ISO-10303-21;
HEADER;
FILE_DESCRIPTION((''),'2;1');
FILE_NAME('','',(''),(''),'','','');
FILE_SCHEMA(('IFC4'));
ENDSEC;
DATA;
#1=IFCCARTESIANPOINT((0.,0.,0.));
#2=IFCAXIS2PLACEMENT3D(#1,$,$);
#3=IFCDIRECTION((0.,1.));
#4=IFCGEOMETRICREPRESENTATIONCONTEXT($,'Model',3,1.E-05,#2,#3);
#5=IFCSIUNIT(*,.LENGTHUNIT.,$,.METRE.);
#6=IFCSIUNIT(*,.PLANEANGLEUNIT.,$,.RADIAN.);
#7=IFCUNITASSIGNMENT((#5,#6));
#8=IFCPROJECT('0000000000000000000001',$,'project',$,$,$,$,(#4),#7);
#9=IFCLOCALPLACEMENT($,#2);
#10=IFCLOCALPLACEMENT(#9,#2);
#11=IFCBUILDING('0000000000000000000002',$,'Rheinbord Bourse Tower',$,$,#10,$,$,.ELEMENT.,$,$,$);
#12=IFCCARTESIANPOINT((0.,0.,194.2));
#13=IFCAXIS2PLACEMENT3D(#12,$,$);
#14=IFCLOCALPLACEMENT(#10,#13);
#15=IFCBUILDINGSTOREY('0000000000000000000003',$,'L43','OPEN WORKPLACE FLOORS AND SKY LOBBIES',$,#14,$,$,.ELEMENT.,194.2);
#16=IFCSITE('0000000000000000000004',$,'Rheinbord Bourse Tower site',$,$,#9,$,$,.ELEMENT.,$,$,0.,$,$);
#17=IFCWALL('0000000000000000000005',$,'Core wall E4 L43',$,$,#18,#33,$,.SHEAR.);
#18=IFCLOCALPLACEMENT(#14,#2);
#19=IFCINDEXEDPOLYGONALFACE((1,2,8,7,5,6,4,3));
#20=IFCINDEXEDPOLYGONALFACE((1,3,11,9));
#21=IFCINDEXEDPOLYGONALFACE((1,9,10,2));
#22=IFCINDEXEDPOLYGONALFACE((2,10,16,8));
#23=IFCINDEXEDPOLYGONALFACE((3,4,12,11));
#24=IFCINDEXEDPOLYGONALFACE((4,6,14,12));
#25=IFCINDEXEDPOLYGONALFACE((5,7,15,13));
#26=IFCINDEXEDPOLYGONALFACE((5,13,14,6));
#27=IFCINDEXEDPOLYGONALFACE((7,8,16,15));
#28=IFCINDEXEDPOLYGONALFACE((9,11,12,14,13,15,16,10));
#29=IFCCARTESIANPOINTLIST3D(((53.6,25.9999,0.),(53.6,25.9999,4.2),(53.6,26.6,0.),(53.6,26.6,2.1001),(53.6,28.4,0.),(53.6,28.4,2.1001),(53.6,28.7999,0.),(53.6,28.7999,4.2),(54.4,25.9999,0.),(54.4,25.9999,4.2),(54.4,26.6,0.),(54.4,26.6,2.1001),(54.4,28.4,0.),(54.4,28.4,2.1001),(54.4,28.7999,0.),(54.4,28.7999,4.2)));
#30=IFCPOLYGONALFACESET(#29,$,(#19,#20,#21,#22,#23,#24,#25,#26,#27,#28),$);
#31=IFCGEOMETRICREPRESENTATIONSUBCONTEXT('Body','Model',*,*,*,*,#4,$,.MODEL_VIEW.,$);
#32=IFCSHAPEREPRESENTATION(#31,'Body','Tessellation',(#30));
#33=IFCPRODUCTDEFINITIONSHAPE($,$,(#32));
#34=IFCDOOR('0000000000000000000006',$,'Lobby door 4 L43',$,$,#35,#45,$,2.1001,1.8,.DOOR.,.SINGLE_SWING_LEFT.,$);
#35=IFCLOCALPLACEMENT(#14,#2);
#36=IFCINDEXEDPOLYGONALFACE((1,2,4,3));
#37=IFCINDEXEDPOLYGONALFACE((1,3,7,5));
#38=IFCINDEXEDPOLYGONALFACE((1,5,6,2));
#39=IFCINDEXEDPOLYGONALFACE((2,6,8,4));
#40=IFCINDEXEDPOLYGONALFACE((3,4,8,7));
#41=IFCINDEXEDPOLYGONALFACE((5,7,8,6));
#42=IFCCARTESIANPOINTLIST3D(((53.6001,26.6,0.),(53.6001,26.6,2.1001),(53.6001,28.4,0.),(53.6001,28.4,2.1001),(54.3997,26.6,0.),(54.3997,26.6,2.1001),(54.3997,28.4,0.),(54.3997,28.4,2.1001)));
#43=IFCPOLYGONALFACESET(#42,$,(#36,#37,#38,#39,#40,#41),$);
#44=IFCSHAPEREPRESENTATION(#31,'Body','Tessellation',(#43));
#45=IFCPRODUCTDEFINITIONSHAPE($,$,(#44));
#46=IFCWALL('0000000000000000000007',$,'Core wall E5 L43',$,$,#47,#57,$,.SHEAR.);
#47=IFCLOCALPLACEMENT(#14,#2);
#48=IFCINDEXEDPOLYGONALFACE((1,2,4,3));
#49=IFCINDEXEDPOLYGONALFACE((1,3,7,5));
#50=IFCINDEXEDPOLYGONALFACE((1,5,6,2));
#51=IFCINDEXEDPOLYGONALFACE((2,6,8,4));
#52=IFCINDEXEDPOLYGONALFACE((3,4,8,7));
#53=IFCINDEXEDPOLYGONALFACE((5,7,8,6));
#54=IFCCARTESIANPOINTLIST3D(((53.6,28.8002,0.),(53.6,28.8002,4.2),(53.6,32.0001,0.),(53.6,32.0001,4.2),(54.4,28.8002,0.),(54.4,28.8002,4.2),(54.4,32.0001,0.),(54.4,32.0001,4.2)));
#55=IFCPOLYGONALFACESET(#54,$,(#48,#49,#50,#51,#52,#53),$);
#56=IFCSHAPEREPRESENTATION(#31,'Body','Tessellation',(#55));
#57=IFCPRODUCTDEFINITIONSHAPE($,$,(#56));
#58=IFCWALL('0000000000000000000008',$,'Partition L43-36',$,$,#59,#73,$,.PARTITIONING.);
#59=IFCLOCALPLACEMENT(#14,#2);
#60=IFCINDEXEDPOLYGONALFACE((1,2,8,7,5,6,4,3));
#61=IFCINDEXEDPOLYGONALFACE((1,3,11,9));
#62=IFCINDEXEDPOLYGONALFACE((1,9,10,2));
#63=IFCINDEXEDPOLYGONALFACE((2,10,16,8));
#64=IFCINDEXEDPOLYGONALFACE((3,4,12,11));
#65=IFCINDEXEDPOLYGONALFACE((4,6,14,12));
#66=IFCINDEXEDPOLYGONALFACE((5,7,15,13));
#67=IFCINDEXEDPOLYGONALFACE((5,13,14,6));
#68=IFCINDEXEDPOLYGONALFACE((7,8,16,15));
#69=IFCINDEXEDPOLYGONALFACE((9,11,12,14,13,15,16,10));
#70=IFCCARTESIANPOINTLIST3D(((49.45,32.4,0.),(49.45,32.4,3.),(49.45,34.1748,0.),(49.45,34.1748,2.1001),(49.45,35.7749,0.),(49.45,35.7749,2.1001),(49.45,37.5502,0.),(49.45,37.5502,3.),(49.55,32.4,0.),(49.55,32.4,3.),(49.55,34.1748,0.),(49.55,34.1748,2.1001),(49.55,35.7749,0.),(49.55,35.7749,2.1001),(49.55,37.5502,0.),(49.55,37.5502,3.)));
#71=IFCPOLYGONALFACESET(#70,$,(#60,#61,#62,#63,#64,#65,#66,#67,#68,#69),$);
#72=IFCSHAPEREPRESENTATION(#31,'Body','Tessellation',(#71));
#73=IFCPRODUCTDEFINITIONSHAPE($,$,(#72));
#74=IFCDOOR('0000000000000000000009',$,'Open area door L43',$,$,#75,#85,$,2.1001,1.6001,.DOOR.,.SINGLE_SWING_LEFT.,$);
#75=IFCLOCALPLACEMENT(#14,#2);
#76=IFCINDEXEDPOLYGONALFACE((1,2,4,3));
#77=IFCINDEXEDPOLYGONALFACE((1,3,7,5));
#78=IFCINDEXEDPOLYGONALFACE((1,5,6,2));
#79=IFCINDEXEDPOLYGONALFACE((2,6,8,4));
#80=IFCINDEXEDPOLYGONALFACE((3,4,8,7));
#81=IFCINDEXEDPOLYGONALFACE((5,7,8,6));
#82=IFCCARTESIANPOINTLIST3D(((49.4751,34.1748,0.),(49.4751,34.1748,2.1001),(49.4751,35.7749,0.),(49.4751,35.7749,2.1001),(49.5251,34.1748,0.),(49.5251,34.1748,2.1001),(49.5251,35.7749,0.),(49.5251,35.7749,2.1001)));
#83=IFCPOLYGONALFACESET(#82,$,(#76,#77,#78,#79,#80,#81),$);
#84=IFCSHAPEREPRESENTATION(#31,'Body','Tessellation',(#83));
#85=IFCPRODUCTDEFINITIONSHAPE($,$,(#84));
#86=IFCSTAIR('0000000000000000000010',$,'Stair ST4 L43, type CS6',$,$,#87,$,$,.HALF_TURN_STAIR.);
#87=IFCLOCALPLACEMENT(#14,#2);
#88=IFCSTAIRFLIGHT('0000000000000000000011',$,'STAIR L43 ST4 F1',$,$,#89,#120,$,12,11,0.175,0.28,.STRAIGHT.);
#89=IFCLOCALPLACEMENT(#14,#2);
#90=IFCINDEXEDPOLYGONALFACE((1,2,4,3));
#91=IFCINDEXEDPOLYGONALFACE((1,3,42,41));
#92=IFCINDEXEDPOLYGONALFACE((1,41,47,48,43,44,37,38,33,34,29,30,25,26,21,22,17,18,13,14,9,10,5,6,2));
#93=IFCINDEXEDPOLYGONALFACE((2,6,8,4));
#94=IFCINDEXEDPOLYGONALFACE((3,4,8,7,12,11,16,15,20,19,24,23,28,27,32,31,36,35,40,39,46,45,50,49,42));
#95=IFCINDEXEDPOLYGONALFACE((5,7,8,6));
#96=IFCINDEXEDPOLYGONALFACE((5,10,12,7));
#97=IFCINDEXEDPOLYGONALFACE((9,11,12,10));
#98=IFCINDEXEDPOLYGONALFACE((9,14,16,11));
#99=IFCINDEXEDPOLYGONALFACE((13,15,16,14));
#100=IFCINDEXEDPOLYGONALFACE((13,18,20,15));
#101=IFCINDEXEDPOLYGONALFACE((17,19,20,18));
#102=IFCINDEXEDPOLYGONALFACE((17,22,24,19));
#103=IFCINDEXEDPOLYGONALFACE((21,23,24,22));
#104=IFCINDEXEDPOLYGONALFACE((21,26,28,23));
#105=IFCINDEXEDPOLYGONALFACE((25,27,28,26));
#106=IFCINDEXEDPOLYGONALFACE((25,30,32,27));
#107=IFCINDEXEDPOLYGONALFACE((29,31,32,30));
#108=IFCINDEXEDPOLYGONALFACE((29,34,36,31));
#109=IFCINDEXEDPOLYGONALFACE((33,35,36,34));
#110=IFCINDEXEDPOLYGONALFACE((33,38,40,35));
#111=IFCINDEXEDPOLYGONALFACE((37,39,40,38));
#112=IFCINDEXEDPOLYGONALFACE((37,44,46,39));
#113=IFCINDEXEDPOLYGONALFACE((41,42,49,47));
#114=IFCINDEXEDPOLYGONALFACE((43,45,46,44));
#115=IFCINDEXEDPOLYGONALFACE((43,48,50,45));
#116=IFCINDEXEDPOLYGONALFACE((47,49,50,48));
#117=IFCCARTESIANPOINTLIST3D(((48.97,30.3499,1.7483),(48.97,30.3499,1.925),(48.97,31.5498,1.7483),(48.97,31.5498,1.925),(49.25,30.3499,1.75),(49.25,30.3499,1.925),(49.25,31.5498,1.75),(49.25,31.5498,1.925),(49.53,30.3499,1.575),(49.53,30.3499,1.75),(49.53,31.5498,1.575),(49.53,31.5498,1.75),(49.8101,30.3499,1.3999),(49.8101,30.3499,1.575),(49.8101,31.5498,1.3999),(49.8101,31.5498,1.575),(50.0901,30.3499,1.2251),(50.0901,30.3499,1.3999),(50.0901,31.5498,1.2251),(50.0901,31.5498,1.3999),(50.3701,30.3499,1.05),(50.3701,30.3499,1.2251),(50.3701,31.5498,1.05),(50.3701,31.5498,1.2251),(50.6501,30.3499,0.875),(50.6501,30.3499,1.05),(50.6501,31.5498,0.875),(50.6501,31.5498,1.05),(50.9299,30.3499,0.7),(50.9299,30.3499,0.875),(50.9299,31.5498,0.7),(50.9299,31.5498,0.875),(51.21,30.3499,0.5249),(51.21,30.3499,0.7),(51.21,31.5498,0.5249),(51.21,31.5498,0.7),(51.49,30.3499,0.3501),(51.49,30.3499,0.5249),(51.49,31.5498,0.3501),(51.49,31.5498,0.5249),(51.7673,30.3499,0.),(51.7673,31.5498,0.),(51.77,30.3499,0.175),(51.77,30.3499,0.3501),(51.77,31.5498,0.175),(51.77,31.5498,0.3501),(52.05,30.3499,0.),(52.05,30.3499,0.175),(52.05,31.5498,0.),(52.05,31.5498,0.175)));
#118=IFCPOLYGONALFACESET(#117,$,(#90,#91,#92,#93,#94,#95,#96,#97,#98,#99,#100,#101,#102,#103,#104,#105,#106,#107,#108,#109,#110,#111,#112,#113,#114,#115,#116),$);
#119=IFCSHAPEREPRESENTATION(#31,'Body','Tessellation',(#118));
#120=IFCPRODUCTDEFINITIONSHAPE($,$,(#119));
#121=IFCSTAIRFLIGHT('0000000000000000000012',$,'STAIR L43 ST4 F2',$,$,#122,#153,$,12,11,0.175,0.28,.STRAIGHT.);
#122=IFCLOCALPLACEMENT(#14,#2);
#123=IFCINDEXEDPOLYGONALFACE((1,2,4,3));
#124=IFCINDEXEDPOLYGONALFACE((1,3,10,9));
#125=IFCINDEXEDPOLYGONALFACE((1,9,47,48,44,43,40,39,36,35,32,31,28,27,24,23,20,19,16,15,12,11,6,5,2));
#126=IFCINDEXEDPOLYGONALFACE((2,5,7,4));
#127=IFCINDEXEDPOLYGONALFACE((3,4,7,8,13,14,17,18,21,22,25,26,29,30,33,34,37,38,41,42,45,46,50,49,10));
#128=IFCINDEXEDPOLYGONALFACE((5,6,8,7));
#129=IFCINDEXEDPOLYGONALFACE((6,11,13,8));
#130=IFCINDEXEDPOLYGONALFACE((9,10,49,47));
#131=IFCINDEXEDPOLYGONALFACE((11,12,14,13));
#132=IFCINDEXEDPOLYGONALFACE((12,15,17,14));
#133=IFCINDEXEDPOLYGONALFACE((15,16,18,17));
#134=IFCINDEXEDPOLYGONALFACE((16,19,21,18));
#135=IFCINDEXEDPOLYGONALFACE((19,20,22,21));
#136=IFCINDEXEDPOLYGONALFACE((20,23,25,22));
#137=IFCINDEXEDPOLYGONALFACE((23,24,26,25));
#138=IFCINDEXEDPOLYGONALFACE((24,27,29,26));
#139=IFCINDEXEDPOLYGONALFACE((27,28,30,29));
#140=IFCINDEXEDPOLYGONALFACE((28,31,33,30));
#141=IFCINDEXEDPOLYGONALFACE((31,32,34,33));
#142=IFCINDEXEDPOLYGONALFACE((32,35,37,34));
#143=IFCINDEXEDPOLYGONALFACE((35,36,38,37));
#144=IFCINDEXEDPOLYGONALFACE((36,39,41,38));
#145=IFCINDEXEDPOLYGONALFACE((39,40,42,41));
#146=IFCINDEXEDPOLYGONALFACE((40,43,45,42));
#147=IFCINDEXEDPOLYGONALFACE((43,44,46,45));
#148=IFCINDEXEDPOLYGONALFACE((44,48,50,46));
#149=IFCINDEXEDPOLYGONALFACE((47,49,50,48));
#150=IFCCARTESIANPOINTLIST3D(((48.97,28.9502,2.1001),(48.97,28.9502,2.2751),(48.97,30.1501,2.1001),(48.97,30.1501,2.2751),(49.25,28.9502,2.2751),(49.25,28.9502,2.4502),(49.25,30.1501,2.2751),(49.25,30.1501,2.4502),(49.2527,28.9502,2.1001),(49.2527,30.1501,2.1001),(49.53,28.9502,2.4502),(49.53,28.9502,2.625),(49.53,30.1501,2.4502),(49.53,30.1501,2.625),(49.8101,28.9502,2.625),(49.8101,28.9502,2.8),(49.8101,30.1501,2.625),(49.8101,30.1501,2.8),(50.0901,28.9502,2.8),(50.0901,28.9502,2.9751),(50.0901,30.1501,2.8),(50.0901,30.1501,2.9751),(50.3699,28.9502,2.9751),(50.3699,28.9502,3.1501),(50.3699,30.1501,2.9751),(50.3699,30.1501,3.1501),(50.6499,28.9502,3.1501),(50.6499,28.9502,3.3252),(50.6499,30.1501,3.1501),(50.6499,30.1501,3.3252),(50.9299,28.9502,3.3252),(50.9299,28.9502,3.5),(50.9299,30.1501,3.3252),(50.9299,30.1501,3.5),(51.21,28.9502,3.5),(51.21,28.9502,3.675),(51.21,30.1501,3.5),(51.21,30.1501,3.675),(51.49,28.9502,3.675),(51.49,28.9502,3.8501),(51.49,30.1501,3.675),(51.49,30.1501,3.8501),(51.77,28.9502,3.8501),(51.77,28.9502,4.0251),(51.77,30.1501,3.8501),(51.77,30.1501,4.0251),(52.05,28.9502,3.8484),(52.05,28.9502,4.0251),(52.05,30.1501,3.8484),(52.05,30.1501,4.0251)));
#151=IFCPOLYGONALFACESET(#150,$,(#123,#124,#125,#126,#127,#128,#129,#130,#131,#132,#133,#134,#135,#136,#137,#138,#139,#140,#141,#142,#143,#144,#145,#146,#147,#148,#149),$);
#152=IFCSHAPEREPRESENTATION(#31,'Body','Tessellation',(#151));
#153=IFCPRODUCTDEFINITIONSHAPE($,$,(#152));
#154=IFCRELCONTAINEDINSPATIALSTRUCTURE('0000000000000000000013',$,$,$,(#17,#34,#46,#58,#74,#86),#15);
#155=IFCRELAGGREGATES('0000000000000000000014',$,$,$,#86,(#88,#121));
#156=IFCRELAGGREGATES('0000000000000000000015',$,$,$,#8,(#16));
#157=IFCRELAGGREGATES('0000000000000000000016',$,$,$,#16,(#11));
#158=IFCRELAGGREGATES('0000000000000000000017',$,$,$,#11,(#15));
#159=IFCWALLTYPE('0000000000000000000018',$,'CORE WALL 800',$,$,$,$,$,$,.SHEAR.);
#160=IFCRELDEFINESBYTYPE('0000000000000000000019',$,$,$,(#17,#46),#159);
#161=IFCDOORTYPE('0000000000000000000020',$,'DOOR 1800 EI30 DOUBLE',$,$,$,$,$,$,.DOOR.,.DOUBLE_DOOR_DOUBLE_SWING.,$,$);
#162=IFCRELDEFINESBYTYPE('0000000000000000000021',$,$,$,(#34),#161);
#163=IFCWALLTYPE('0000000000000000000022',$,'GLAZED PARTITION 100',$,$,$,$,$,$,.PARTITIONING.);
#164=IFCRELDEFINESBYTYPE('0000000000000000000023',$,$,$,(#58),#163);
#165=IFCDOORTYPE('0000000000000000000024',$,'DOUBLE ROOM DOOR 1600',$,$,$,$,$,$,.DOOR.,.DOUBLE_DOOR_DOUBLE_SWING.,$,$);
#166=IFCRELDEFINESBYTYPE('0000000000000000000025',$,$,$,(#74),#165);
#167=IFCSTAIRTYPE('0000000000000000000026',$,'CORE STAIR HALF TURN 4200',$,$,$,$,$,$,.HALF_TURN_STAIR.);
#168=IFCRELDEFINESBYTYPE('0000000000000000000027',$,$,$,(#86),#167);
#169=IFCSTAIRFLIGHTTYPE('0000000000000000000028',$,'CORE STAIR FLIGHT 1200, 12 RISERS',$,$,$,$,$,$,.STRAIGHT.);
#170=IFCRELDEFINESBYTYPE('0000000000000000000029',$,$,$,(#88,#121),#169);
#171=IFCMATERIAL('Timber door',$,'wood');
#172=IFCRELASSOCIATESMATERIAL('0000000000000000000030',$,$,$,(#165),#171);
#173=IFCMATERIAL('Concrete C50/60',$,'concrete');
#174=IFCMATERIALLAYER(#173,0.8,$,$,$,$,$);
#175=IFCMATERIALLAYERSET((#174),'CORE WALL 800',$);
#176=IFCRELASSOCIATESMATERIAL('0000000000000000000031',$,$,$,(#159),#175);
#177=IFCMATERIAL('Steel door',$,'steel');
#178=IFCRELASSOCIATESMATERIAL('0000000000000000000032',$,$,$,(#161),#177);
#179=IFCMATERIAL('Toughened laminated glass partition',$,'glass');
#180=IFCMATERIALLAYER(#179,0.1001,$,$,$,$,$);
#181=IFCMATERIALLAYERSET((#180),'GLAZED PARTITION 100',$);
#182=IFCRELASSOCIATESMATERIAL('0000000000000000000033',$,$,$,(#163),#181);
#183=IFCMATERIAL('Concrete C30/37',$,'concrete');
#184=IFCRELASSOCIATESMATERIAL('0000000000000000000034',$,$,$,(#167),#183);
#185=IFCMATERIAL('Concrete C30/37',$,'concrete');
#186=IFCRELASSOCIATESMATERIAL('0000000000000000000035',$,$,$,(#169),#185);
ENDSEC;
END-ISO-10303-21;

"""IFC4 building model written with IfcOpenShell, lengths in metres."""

from ifc_helpers import new_model, si_unit, direction, frame, frame_2d, origin, place, context, subcontext, project, spatial, polyline, rectangle, outline, extrude, material, layer, layer_set, type_object, element, fill, aggregate, save


model = new_model("IFC4")

# Units and contexts
model_context = context("Model", 3, precision=1e-05, world=origin(), true_north=direction((0.0, 1.0)))
body_context = subcontext(model_context, "Body", "Model", "MODEL_VIEW")
ifc_project = project(units=[si_unit("LENGTHUNIT", "METRE"), si_unit("PLANEANGLEUNIT", "RADIAN")], contexts=[model_context])

# Site, building, storey
site_placement = place(None, origin())
site = spatial("IfcSite", under=ifc_project, at=site_placement, Name="Rheinbord Bourse Tower site", CompositionType="ELEMENT", RefElevation=0.0)
building_placement = place(site_placement, origin())
building = spatial("IfcBuilding", under=site, at=building_placement, Name="Rheinbord Bourse Tower", CompositionType="ELEMENT")
storey_placement = place(building_placement, frame((0.0, 0.0, 194.2)))
storey = spatial("IfcBuildingStorey", under=building, at=storey_placement, Name="L43", Description="OPEN WORKPLACE FLOORS AND SKY LOBBIES", CompositionType="ELEMENT", Elevation=194.2)

# Shared definitions
ifc_material_1 = material(Name="Timber door", Category="wood")
door_type_1 = type_object("IfcDoorType", Name="DOUBLE ROOM DOOR 1600", OperationType="DOUBLE_DOOR_DOUBLE_SWING", PredefinedType="DOOR", material=ifc_material_1)

# Shared definitions
ifc_material_2 = material(Name="Concrete C50/60", Category="concrete")
ifc_layer_1 = layer(ifc_material_2, 0.8)
ifc_layer_set_1 = layer_set([ifc_layer_1], Name="CORE WALL 800")
wall_type_1 = type_object("IfcWallType", Name="CORE WALL 800", PredefinedType="SHEAR", material=ifc_layer_set_1)

# Wall, opening, door
wall_1_placement = place(storey_placement, frame((54.0, 26.0, 0.0), z_axis=(0.0, 0.0, 1.0), x_axis=(0.0, 1.0, 0.0)))
wall_1 = element("IfcWall", 1, at=wall_1_placement, inside=storey, type_object=wall_type_1, Name="Core wall E4 L43", PredefinedType="SHEAR", context=body_context, shape_type="SweptSolid", body=[
    extrude(rectangle(XDim=2.8, YDim=0.8, at=frame_2d((1.3999, 0.0))), origin(), (0.0, 0.0, 1.0), 4.2),
])
opening_1_placement = place(wall_1_placement, frame((0.6001, 0.0, 0.0)))
opening_1 = element("IfcOpeningElement", 2, at=opening_1_placement, cuts=wall_1, PredefinedType="OPENING", context=body_context, shape_type="SweptSolid", body=[
    extrude(rectangle(XDim=1.8, YDim=2.1001, at=frame_2d((0.8999, 1.05))), frame((0.0, 0.4099, 0.0), z_axis=(0.0, -1.0, 0.0), x_axis=(1.0, 0.0, 0.0)), (0.0, 0.0, 1.0), 0.8201),
])
ifc_material_3 = material(Name="Steel door", Category="steel")
door_type_2 = type_object("IfcDoorType", Name="DOOR 1800 EI30 DOUBLE", OperationType="DOUBLE_DOOR_DOUBLE_SWING", PredefinedType="DOOR", material=ifc_material_3)
door_1_placement = place(opening_1_placement, origin())
door_1 = element("IfcDoor", 3, at=door_1_placement, inside=storey, type_object=door_type_2, Name="Lobby door 4 L43", OperationType="SINGLE_SWING_LEFT", OverallHeight=2.1001, OverallWidth=1.8, PredefinedType="DOOR", context=body_context, shape_type="SweptSolid", body=[
    extrude(rectangle(XDim=1.8, YDim=2.1001, at=frame_2d((0.8999, 1.05))), frame((0.0, 0.3999, 0.0), z_axis=(0.0, -1.0, 0.0), x_axis=(1.0, 0.0, 0.0)), (0.0, 0.0, 1.0), 0.7996),
])
fill(opening_1, door_1)

# Wall
wall_2_placement = place(storey_placement, frame((54.0, 28.8, 0.0), z_axis=(0.0, 0.0, 1.0), x_axis=(0.0, 1.0, 0.0)))
element("IfcWall", 4, at=wall_2_placement, inside=storey, type_object=wall_type_1, Name="Core wall E5 L43", PredefinedType="SHEAR", context=body_context, shape_type="SweptSolid", body=[
    extrude(rectangle(XDim=3.2, YDim=0.8, at=frame_2d((1.6001, 0.0))), origin(), (0.0, 0.0, 1.0), 4.2),
])

# Wall, opening, door
ifc_material_4 = material(Name="Toughened laminated glass partition", Category="glass")
ifc_layer_2 = layer(ifc_material_4, 0.1001)
ifc_layer_set_2 = layer_set([ifc_layer_2], Name="GLAZED PARTITION 100")
wall_type_2 = type_object("IfcWallType", Name="GLAZED PARTITION 100", PredefinedType="PARTITIONING", material=ifc_layer_set_2)
wall_3_placement = place(storey_placement, frame((49.5, 32.3999, 0.0), z_axis=(0.0, 0.0, 1.0), x_axis=(0.0, 1.0, 0.0)))
wall_3 = element("IfcWall", 5, at=wall_3_placement, inside=storey, type_object=wall_type_2, Name="Partition L43-36", PredefinedType="PARTITIONING", context=body_context, shape_type="SweptSolid", body=[
    extrude(rectangle(XDim=5.1501, YDim=0.1001, at=frame_2d((2.5752, 0.0))), origin(), (0.0, 0.0, 1.0), 3.0),
])
opening_2_placement = place(wall_3_placement, frame((1.7749, 0.0, 0.0)))
opening_2 = element("IfcOpeningElement", 6, at=opening_2_placement, cuts=wall_3, PredefinedType="OPENING", context=body_context, shape_type="SweptSolid", body=[
    extrude(rectangle(XDim=1.6001, YDim=2.1001, at=frame_2d((0.8, 1.05))), frame((0.0, 0.0601, 0.0), z_axis=(0.0, -1.0, 0.0), x_axis=(1.0, 0.0, 0.0)), (0.0, 0.0, 1.0), 0.1201),
])
door_2_placement = place(opening_2_placement, origin())
door_2 = element("IfcDoor", 7, at=door_2_placement, inside=storey, type_object=door_type_1, Name="Open area door L43", OperationType="SINGLE_SWING_LEFT", OverallHeight=2.1001, OverallWidth=1.6001, PredefinedType="DOOR", context=body_context, shape_type="SweptSolid", body=[
    extrude(rectangle(XDim=1.6001, YDim=2.1001, at=frame_2d((0.8, 1.05))), frame((0.0, 0.0249, 0.0), z_axis=(0.0, -1.0, 0.0), x_axis=(1.0, 0.0, 0.0)), (0.0, 0.0, 1.0), 0.05),
])
fill(opening_2, door_2)

# Stair, stair flights
ifc_material_5 = material(Name="Concrete C30/37", Category="concrete")
stair_type = type_object("IfcStairType", Name="CORE STAIR HALF TURN 4200", PredefinedType="HALF_TURN_STAIR", material=ifc_material_5)
stair_placement = place(storey_placement, origin())
stair = element("IfcStair", 8, at=stair_placement, inside=storey, type_object=stair_type, Name="Stair ST4 L43, type CS6", PredefinedType="HALF_TURN_STAIR")
ifc_material_6 = material(Name="Concrete C30/37", Category="concrete")
stair_flight_type = type_object("IfcStairFlightType", Name="CORE STAIR FLIGHT 1200, 12 RISERS", PredefinedType="STRAIGHT", material=ifc_material_6)
stair_flight_1_placement = place(storey_placement, frame((52.05, 30.95, 0.0), z_axis=(0.0, 0.0, 1.0), x_axis=(-1.0, 0.0, 0.0)))
stair_flight_1 = element("IfcStairFlight", 9, at=stair_flight_1_placement, type_object=stair_flight_type, Name="STAIR L43 ST4 F1", NumberOfRisers=12, NumberOfTreads=11, PredefinedType="STRAIGHT", RiserHeight=0.175, TreadLength=0.28, context=body_context, shape_type="SweptSolid", body=[
    extrude(outline(polyline([(0.0, 0.0), (0.0, 0.175), (0.28, 0.175), (0.28, 0.3501), (0.5601, 0.3501), (0.5601, 0.5249), (0.8401, 0.5249), (0.8401, 0.7), (1.1201, 0.7), (1.1201, 0.875), (1.3999, 0.875), (1.3999, 1.05), (1.6799, 1.05), (1.6799, 1.2251), (1.96, 1.2251), (1.96, 1.3999), (2.24, 1.3999), (2.24, 1.575), (2.52, 1.575), (2.52, 1.75), (2.8, 1.75), (2.8, 1.925), (3.0801, 1.925), (3.0801, 2.1001), (3.0801, 1.7483), (0.2827, 0.0), (0.0, 0.0)])), frame((0.0, 0.6001, 0.0), z_axis=(0.0, -1.0, 0.0), x_axis=(1.0, 0.0, 0.0)), (0.0, 0.0, 1.0), 1.2),
])
stair_flight_2_placement = place(storey_placement, frame((48.97, 29.55, 2.1001), z_axis=(0.0, 0.0, 1.0), x_axis=(1.0, 0.0, 0.0)))
stair_flight_2 = element("IfcStairFlight", 10, at=stair_flight_2_placement, type_object=stair_flight_type, Name="STAIR L43 ST4 F2", NumberOfRisers=12, NumberOfTreads=11, PredefinedType="STRAIGHT", RiserHeight=0.175, TreadLength=0.28, context=body_context, shape_type="SweptSolid", body=[
    extrude(outline(polyline([(0.0, 0.0), (0.0, 0.175), (0.28, 0.175), (0.28, 0.3501), (0.5601, 0.3501), (0.5601, 0.5249), (0.8401, 0.5249), (0.8401, 0.7), (1.1201, 0.7), (1.1201, 0.875), (1.3999, 0.875), (1.3999, 1.05), (1.6799, 1.05), (1.6799, 1.2251), (1.96, 1.2251), (1.96, 1.3999), (2.24, 1.3999), (2.24, 1.575), (2.52, 1.575), (2.52, 1.75), (2.8, 1.75), (2.8, 1.925), (3.0801, 1.925), (3.0801, 2.1001), (3.0801, 1.7483), (0.2827, 0.0), (0.0, 0.0)])), frame((0.0, 0.6001, 0.0), z_axis=(0.0, -1.0, 0.0), x_axis=(1.0, 0.0, 0.0)), (0.0, 0.0, 1.0), 1.2),
])
aggregate(stair, [stair_flight_1, stair_flight_2])

save(model, "model.ifc")
